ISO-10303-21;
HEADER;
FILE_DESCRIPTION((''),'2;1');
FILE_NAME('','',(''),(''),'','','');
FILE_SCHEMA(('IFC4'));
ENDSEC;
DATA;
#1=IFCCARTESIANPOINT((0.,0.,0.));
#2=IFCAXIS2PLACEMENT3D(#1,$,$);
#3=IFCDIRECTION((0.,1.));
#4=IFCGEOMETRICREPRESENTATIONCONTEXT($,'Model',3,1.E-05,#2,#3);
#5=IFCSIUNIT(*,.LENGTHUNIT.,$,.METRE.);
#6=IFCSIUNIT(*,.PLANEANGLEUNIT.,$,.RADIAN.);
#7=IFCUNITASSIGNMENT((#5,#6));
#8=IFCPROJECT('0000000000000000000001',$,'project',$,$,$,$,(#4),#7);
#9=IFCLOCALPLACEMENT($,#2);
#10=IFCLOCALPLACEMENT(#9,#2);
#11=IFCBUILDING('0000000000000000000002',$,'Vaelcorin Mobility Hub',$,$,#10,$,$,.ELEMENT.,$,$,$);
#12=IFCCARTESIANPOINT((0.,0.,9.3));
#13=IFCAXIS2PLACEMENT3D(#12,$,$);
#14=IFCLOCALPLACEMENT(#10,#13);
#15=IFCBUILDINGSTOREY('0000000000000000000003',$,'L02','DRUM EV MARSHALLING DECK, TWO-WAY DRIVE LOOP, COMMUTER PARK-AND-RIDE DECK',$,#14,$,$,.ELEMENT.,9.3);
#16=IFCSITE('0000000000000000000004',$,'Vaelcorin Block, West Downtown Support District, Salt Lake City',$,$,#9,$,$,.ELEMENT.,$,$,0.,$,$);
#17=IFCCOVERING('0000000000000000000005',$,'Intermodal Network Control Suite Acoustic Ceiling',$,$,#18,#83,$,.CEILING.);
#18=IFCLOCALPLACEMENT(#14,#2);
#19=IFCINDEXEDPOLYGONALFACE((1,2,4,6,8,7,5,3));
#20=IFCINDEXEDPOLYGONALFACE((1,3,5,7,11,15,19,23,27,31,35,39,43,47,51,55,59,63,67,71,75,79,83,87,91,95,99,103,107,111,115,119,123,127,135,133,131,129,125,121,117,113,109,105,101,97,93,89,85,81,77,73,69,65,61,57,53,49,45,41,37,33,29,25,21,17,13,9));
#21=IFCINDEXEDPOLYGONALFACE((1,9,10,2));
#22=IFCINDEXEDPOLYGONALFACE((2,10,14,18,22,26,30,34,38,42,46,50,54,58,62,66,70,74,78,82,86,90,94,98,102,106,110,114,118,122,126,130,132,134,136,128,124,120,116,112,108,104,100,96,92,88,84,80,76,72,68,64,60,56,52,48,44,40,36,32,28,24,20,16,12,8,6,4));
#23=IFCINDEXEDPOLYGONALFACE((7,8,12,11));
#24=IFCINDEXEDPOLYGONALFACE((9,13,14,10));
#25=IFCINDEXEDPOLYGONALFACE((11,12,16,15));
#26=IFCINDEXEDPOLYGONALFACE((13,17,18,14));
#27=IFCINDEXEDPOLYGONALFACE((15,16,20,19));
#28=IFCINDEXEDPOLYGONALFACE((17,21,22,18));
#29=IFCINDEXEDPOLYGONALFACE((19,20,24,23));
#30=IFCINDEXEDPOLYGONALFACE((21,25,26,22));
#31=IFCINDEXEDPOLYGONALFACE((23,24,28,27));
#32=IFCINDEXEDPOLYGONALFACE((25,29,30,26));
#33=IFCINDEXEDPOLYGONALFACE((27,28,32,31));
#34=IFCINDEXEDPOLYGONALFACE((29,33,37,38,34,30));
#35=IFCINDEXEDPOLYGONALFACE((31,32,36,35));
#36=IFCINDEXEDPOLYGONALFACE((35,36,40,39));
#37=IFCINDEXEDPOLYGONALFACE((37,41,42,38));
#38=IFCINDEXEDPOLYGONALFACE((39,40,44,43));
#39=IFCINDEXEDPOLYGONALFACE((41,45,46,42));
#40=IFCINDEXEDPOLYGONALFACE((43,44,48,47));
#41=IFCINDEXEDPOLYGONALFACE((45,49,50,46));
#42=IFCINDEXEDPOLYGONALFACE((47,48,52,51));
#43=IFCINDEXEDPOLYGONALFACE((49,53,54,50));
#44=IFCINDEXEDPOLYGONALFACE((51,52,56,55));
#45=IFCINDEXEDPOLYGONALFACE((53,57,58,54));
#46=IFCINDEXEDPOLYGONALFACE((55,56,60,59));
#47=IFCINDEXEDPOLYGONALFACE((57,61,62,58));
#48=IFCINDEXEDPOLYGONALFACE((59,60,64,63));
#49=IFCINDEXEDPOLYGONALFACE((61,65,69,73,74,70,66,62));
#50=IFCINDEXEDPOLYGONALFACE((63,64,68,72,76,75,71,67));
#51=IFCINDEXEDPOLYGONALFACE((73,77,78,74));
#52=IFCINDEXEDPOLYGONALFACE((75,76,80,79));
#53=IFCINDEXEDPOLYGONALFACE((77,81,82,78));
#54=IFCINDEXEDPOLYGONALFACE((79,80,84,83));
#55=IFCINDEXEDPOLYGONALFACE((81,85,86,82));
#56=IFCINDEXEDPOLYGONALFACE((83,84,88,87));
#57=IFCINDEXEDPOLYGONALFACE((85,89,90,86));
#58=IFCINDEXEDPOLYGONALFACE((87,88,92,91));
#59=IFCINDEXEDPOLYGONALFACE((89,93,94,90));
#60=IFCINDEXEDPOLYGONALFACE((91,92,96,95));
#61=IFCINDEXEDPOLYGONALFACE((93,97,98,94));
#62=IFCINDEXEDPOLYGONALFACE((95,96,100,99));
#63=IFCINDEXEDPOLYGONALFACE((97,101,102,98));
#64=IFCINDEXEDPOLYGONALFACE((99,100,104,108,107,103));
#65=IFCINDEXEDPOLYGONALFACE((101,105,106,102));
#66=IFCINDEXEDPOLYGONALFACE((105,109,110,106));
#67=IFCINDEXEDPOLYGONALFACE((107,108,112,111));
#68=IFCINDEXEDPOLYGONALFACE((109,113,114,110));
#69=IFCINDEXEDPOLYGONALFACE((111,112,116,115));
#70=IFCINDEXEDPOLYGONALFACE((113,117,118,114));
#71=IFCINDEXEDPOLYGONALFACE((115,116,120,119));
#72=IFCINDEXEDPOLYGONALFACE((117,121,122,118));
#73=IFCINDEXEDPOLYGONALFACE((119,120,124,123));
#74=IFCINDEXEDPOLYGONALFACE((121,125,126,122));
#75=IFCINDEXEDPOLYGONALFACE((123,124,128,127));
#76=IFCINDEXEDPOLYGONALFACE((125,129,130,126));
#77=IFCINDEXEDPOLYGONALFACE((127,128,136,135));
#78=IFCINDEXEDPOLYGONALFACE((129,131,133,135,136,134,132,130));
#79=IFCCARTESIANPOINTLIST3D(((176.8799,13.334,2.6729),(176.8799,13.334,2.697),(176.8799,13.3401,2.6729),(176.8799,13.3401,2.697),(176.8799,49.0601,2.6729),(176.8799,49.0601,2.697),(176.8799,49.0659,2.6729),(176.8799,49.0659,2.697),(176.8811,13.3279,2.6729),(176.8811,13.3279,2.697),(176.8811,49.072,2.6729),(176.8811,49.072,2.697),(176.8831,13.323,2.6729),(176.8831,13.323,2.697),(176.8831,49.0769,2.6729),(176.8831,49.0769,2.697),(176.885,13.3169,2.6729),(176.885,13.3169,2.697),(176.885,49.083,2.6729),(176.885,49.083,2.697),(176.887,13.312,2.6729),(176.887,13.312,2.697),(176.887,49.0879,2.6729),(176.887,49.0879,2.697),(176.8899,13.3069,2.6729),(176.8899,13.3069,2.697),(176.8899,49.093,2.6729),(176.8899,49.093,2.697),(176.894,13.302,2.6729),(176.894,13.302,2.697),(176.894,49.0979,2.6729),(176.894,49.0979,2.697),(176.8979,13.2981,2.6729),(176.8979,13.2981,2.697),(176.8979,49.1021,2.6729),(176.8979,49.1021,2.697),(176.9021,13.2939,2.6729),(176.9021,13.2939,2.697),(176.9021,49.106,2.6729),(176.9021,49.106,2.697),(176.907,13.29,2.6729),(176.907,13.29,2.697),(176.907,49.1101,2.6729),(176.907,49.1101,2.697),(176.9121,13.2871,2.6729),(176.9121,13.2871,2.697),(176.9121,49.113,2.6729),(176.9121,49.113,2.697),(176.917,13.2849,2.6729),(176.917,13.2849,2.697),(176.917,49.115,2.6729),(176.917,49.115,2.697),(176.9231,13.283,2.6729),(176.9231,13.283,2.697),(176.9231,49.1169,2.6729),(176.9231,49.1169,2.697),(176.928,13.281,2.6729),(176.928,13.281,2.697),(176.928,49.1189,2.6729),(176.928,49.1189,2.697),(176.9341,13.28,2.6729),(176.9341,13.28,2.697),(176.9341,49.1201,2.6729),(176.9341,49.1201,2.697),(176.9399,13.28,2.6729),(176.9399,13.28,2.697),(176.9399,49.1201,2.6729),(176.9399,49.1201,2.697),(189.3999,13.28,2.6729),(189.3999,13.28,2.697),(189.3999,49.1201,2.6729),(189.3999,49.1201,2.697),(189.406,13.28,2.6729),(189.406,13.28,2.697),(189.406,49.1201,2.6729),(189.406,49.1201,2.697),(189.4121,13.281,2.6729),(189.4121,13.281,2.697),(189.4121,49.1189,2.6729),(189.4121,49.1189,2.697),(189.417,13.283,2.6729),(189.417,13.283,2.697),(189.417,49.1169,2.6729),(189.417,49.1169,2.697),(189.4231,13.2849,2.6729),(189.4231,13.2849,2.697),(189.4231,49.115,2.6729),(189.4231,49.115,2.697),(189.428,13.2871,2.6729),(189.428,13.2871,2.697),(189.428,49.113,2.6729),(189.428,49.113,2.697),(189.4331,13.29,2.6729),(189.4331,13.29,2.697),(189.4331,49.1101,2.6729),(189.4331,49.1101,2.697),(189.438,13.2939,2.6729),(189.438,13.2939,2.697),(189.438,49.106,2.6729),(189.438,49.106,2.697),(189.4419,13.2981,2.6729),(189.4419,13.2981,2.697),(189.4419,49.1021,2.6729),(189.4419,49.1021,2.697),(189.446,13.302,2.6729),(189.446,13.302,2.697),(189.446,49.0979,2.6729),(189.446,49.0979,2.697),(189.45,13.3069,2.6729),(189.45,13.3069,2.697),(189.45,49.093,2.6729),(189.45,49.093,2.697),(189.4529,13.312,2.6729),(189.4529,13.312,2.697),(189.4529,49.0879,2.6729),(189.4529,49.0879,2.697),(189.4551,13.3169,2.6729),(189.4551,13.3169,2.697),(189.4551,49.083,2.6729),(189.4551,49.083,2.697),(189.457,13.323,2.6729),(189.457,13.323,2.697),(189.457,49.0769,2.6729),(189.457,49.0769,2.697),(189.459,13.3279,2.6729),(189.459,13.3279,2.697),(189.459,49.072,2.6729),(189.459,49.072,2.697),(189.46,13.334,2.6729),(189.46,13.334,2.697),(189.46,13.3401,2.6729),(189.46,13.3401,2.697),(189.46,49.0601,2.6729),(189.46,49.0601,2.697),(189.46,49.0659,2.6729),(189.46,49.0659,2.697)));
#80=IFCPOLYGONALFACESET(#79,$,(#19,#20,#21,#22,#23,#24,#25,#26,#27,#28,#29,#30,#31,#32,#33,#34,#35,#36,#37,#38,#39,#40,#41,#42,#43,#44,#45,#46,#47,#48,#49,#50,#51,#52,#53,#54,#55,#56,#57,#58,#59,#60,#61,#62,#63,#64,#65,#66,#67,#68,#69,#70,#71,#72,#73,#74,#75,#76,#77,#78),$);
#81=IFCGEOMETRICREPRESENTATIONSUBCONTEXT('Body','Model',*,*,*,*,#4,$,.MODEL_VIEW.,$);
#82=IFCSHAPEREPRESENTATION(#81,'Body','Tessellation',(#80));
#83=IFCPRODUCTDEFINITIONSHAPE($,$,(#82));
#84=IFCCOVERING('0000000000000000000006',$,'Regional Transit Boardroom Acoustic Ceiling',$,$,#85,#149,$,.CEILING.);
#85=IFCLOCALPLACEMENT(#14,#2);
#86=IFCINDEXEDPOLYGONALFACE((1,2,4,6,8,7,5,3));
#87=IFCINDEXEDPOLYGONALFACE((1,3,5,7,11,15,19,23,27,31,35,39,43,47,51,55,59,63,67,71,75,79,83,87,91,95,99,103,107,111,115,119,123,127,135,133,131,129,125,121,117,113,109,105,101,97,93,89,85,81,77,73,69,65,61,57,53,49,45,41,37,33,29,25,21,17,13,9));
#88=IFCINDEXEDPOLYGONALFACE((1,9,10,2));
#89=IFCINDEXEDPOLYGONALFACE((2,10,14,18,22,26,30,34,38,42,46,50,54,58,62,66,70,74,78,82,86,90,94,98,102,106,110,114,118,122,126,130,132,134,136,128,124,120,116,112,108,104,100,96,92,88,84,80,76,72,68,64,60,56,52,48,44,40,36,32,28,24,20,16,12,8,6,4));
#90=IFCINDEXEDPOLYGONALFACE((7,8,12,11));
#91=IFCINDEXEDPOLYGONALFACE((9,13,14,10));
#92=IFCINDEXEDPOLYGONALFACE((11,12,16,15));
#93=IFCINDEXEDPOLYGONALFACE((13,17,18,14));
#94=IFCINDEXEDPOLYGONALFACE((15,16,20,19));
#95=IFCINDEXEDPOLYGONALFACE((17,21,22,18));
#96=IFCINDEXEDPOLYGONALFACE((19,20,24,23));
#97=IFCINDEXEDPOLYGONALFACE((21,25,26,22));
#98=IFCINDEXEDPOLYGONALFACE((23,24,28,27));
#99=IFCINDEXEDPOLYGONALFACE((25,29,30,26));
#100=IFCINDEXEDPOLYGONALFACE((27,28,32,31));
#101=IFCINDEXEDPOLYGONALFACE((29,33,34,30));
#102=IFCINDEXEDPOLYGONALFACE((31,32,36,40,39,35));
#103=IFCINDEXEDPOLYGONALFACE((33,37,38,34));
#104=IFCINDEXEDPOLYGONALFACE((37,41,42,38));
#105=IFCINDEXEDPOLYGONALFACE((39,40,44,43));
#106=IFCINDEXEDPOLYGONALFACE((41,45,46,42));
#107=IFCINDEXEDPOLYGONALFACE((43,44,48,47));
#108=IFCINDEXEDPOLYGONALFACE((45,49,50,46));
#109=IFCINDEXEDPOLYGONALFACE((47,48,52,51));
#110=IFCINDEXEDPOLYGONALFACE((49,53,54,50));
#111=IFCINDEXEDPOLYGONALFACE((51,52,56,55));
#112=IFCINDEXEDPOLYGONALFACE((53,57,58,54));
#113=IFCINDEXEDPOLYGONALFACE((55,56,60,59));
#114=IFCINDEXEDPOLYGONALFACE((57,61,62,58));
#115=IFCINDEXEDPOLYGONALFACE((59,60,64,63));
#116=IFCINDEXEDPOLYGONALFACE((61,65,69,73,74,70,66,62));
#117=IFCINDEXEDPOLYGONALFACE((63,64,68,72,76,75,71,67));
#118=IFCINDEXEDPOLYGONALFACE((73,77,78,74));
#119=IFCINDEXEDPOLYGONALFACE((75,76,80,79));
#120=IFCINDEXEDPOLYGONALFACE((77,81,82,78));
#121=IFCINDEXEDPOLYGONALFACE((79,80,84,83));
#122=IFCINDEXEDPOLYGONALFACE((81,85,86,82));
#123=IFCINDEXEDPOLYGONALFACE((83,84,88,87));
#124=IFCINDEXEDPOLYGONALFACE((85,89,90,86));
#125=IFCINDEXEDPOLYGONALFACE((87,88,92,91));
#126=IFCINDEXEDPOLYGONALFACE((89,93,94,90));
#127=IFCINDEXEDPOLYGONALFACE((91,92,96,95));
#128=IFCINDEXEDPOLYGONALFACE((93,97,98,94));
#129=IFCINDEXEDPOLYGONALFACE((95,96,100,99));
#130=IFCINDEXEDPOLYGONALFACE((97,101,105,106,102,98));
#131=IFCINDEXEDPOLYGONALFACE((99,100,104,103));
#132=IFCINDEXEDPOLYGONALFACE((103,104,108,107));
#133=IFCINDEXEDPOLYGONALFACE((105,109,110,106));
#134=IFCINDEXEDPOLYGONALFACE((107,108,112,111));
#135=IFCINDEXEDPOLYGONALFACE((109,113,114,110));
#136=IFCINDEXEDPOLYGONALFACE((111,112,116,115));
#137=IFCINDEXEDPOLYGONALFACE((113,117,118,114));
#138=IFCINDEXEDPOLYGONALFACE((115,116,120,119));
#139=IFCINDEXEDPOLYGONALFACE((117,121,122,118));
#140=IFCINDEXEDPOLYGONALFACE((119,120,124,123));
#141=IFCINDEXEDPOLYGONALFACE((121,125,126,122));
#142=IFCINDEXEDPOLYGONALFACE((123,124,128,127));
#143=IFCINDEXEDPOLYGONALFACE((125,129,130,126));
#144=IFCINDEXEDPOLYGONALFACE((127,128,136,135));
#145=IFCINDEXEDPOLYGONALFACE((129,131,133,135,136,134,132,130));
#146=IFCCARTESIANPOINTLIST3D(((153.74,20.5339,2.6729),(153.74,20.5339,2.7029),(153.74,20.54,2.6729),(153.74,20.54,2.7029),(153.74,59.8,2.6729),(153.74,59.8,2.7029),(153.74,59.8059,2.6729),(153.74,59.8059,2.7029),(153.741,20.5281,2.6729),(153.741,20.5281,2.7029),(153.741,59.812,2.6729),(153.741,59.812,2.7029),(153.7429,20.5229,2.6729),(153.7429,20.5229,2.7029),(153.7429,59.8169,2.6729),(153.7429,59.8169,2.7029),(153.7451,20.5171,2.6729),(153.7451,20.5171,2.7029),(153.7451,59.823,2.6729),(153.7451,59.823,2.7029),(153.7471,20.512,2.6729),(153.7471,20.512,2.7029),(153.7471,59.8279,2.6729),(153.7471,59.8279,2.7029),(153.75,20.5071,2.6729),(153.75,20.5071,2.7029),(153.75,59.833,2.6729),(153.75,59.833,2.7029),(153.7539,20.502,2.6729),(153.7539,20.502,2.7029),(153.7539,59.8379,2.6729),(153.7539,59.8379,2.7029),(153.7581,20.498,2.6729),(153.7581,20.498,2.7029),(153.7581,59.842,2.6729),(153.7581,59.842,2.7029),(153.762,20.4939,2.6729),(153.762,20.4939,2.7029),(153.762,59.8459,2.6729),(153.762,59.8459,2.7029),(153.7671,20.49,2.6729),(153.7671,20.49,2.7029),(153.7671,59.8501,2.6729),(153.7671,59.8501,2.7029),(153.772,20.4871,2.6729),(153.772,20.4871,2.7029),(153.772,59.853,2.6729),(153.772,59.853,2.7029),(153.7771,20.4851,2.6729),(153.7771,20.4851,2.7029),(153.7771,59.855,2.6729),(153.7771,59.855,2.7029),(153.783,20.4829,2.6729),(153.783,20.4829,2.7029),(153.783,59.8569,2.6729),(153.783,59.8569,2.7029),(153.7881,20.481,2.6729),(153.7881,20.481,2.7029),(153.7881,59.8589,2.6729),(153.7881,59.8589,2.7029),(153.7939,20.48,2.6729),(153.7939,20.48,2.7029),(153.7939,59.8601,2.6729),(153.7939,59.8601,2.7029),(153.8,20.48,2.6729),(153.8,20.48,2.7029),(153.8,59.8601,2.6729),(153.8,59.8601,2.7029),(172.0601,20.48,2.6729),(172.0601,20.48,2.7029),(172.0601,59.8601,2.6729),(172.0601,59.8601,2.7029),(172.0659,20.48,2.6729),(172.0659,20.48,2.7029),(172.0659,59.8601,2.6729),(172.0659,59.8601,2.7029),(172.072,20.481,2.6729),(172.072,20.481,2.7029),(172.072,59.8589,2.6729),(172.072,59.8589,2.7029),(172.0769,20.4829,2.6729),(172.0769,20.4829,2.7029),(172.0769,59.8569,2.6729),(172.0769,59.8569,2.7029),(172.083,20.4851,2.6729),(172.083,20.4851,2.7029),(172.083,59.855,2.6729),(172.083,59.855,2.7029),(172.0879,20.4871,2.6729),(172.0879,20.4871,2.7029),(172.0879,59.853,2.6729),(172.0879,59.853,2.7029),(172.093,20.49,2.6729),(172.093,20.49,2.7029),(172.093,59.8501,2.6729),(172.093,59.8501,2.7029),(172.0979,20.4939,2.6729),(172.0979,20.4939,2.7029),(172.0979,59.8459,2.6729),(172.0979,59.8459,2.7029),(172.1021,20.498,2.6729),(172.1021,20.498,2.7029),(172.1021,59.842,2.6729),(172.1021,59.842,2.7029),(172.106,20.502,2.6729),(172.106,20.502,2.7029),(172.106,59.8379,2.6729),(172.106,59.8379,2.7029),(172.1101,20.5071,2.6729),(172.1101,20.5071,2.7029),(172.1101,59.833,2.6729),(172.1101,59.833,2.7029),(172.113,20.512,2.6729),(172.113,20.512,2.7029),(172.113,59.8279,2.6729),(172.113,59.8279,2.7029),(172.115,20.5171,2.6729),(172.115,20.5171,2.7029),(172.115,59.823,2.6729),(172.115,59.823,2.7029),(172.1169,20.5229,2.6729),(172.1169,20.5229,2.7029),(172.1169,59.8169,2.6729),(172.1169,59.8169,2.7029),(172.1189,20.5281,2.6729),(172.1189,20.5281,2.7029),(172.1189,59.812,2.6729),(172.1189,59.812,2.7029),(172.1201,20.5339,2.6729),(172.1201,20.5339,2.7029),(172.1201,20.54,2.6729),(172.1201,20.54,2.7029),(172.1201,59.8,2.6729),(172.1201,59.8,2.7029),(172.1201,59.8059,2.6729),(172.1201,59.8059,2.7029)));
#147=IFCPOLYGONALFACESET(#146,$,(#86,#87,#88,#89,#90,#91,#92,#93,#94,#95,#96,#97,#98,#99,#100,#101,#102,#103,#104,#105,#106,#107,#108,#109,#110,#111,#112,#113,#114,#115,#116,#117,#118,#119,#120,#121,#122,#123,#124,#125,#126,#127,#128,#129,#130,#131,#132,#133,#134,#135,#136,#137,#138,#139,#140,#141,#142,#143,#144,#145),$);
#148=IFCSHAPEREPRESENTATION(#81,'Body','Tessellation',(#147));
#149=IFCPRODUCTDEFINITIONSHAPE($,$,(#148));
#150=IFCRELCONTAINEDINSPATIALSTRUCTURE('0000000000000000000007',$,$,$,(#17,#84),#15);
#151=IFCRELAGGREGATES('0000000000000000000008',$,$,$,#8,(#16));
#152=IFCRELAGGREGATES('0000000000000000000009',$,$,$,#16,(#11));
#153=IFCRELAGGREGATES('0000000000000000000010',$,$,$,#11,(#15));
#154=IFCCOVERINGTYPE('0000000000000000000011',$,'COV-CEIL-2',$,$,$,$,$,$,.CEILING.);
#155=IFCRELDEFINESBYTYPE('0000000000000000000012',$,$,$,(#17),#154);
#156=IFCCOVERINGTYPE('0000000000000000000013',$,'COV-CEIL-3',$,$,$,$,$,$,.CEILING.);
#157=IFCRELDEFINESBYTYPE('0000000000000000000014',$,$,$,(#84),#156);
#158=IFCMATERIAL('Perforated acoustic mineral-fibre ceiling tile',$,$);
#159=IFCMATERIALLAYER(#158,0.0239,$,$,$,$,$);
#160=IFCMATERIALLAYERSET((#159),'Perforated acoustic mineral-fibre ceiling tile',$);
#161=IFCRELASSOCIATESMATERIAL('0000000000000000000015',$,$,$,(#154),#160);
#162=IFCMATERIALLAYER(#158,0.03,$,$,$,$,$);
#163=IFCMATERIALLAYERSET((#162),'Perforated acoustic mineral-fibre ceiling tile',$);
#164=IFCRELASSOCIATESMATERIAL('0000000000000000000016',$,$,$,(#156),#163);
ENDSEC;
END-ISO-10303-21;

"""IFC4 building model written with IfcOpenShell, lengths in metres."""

from ifc_helpers import new_model, si_unit, direction, frame, origin, place, context, subcontext, project, spatial, polyline, outline, extrude, material, layer, layer_set, type_object, element, save


model = new_model("IFC4")

# Units and contexts
model_context = context("Model", 3, precision=1e-05, world=origin(), true_north=direction((0.0, 1.0)))
body_context = subcontext(model_context, "Body", "Model", "MODEL_VIEW")
ifc_project = project(units=[si_unit("LENGTHUNIT", "METRE"), si_unit("PLANEANGLEUNIT", "RADIAN")], contexts=[model_context])

# Site, building, storey
site_placement = place(None, origin())
site = spatial("IfcSite", under=ifc_project, at=site_placement, Name="Vaelcorin Block, West Downtown Support District, Salt Lake City", CompositionType="ELEMENT", RefElevation=0.0)
building_placement = place(site_placement, origin())
building = spatial("IfcBuilding", under=site, at=building_placement, Name="Vaelcorin Mobility Hub", CompositionType="ELEMENT")
storey_placement = place(building_placement, frame((0.0, 0.0, 9.3)))
storey = spatial("IfcBuildingStorey", under=building, at=storey_placement, Name="L02", Description="DRUM EV MARSHALLING DECK, TWO-WAY DRIVE LOOP, COMMUTER PARK-AND-RIDE DECK", CompositionType="ELEMENT", Elevation=9.3)

# Coverings
ifc_material_1 = material(Name="Perforated acoustic mineral-fibre ceiling tile")
ifc_layer_1 = layer(ifc_material_1, 0.0239)
ifc_layer_set_1 = layer_set([ifc_layer_1], Name="Perforated acoustic mineral-fibre ceiling tile")
covering_type_1 = type_object("IfcCoveringType", Name="COV-CEIL-2", PredefinedType="CEILING", material=ifc_layer_set_1)
covering_1_placement = place(storey_placement, frame((0.0, 0.0, 2.6729)))
element("IfcCovering", 1, at=covering_1_placement, inside=storey, type_object=covering_type_1, Name="Intermodal Network Control Suite Acoustic Ceiling", PredefinedType="CEILING", context=body_context, shape_type="SweptSolid", body=[
    extrude(outline(polyline([(176.9399, 13.28), (176.9341, 13.28), (176.928, 13.281), (176.9231, 13.283), (176.917, 13.2849), (176.9121, 13.2871), (176.907, 13.29), (176.9021, 13.2939), (176.8979, 13.2981), (176.894, 13.302), (176.8899, 13.3069), (176.887, 13.312), (176.885, 13.3169), (176.8831, 13.323), (176.8811, 13.3279), (176.8799, 13.334), (176.8799, 13.3401), (176.8799, 49.0601), (176.8799, 49.0659), (176.8811, 49.072), (176.8831, 49.0769), (176.885, 49.083), (176.887, 49.0879), (176.8899, 49.093), (176.894, 49.0979), (176.8979, 49.1021), (176.9021, 49.106), (176.907, 49.1101), (176.9121, 49.113), (176.917, 49.115), (176.9231, 49.1169), (176.928, 49.1189), (176.9341, 49.1201), (176.9399, 49.1201), (189.3999, 49.1201), (189.406, 49.1201), (189.4121, 49.1189), (189.417, 49.1169), (189.4231, 49.115), (189.428, 49.113), (189.4331, 49.1101), (189.438, 49.106), (189.4419, 49.1021), (189.446, 49.0979), (189.45, 49.093), (189.4529, 49.0879), (189.4551, 49.083), (189.457, 49.0769), (189.459, 49.072), (189.46, 49.0659), (189.46, 49.0601), (189.46, 13.3401), (189.46, 13.334), (189.459, 13.3279), (189.457, 13.323), (189.4551, 13.3169), (189.4529, 13.312), (189.45, 13.3069), (189.446, 13.302), (189.4419, 13.2981), (189.438, 13.2939), (189.4331, 13.29), (189.428, 13.2871), (189.4231, 13.2849), (189.417, 13.283), (189.4121, 13.281), (189.406, 13.28), (189.3999, 13.28), (176.9399, 13.28)])), origin(), (0.0, 0.0, 1.0), 0.0242),
])
ifc_layer_2 = layer(ifc_material_1, 0.03)
ifc_layer_set_2 = layer_set([ifc_layer_2], Name="Perforated acoustic mineral-fibre ceiling tile")
covering_type_2 = type_object("IfcCoveringType", Name="COV-CEIL-3", PredefinedType="CEILING", material=ifc_layer_set_2)
covering_2_placement = place(storey_placement, frame((0.0, 0.0, 2.6729)))
element("IfcCovering", 2, at=covering_2_placement, inside=storey, type_object=covering_type_2, Name="Regional Transit Boardroom Acoustic Ceiling", PredefinedType="CEILING", context=body_context, shape_type="SweptSolid", body=[
    extrude(outline(polyline([(153.8, 20.48), (153.7939, 20.48), (153.7881, 20.481), (153.783, 20.4829), (153.7771, 20.4851), (153.772, 20.4871), (153.7671, 20.49), (153.762, 20.4939), (153.7581, 20.498), (153.7539, 20.502), (153.75, 20.5071), (153.7471, 20.512), (153.7451, 20.5171), (153.7429, 20.5229), (153.741, 20.5281), (153.74, 20.5339), (153.74, 20.54), (153.74, 59.8), (153.74, 59.8059), (153.741, 59.812), (153.7429, 59.8169), (153.7451, 59.823), (153.7471, 59.8279), (153.75, 59.833), (153.7539, 59.8379), (153.7581, 59.842), (153.762, 59.8459), (153.7671, 59.8501), (153.772, 59.853), (153.7771, 59.855), (153.783, 59.8569), (153.7881, 59.8589), (153.7939, 59.8601), (153.8, 59.8601), (172.0601, 59.8601), (172.0659, 59.8601), (172.072, 59.8589), (172.0769, 59.8569), (172.083, 59.855), (172.0879, 59.853), (172.093, 59.8501), (172.0979, 59.8459), (172.1021, 59.842), (172.106, 59.8379), (172.1101, 59.833), (172.113, 59.8279), (172.115, 59.823), (172.1169, 59.8169), (172.1189, 59.812), (172.1201, 59.8059), (172.1201, 59.8), (172.1201, 20.54), (172.1201, 20.5339), (172.1189, 20.5281), (172.1169, 20.5229), (172.115, 20.5171), (172.113, 20.512), (172.1101, 20.5071), (172.106, 20.502), (172.1021, 20.498), (172.0979, 20.4939), (172.093, 20.49), (172.0879, 20.4871), (172.083, 20.4851), (172.0769, 20.4829), (172.072, 20.481), (172.0659, 20.48), (172.0601, 20.48), (153.8, 20.48)])), origin(), (0.0, 0.0, 1.0), 0.03),
])

save(model, "model.ifc")
